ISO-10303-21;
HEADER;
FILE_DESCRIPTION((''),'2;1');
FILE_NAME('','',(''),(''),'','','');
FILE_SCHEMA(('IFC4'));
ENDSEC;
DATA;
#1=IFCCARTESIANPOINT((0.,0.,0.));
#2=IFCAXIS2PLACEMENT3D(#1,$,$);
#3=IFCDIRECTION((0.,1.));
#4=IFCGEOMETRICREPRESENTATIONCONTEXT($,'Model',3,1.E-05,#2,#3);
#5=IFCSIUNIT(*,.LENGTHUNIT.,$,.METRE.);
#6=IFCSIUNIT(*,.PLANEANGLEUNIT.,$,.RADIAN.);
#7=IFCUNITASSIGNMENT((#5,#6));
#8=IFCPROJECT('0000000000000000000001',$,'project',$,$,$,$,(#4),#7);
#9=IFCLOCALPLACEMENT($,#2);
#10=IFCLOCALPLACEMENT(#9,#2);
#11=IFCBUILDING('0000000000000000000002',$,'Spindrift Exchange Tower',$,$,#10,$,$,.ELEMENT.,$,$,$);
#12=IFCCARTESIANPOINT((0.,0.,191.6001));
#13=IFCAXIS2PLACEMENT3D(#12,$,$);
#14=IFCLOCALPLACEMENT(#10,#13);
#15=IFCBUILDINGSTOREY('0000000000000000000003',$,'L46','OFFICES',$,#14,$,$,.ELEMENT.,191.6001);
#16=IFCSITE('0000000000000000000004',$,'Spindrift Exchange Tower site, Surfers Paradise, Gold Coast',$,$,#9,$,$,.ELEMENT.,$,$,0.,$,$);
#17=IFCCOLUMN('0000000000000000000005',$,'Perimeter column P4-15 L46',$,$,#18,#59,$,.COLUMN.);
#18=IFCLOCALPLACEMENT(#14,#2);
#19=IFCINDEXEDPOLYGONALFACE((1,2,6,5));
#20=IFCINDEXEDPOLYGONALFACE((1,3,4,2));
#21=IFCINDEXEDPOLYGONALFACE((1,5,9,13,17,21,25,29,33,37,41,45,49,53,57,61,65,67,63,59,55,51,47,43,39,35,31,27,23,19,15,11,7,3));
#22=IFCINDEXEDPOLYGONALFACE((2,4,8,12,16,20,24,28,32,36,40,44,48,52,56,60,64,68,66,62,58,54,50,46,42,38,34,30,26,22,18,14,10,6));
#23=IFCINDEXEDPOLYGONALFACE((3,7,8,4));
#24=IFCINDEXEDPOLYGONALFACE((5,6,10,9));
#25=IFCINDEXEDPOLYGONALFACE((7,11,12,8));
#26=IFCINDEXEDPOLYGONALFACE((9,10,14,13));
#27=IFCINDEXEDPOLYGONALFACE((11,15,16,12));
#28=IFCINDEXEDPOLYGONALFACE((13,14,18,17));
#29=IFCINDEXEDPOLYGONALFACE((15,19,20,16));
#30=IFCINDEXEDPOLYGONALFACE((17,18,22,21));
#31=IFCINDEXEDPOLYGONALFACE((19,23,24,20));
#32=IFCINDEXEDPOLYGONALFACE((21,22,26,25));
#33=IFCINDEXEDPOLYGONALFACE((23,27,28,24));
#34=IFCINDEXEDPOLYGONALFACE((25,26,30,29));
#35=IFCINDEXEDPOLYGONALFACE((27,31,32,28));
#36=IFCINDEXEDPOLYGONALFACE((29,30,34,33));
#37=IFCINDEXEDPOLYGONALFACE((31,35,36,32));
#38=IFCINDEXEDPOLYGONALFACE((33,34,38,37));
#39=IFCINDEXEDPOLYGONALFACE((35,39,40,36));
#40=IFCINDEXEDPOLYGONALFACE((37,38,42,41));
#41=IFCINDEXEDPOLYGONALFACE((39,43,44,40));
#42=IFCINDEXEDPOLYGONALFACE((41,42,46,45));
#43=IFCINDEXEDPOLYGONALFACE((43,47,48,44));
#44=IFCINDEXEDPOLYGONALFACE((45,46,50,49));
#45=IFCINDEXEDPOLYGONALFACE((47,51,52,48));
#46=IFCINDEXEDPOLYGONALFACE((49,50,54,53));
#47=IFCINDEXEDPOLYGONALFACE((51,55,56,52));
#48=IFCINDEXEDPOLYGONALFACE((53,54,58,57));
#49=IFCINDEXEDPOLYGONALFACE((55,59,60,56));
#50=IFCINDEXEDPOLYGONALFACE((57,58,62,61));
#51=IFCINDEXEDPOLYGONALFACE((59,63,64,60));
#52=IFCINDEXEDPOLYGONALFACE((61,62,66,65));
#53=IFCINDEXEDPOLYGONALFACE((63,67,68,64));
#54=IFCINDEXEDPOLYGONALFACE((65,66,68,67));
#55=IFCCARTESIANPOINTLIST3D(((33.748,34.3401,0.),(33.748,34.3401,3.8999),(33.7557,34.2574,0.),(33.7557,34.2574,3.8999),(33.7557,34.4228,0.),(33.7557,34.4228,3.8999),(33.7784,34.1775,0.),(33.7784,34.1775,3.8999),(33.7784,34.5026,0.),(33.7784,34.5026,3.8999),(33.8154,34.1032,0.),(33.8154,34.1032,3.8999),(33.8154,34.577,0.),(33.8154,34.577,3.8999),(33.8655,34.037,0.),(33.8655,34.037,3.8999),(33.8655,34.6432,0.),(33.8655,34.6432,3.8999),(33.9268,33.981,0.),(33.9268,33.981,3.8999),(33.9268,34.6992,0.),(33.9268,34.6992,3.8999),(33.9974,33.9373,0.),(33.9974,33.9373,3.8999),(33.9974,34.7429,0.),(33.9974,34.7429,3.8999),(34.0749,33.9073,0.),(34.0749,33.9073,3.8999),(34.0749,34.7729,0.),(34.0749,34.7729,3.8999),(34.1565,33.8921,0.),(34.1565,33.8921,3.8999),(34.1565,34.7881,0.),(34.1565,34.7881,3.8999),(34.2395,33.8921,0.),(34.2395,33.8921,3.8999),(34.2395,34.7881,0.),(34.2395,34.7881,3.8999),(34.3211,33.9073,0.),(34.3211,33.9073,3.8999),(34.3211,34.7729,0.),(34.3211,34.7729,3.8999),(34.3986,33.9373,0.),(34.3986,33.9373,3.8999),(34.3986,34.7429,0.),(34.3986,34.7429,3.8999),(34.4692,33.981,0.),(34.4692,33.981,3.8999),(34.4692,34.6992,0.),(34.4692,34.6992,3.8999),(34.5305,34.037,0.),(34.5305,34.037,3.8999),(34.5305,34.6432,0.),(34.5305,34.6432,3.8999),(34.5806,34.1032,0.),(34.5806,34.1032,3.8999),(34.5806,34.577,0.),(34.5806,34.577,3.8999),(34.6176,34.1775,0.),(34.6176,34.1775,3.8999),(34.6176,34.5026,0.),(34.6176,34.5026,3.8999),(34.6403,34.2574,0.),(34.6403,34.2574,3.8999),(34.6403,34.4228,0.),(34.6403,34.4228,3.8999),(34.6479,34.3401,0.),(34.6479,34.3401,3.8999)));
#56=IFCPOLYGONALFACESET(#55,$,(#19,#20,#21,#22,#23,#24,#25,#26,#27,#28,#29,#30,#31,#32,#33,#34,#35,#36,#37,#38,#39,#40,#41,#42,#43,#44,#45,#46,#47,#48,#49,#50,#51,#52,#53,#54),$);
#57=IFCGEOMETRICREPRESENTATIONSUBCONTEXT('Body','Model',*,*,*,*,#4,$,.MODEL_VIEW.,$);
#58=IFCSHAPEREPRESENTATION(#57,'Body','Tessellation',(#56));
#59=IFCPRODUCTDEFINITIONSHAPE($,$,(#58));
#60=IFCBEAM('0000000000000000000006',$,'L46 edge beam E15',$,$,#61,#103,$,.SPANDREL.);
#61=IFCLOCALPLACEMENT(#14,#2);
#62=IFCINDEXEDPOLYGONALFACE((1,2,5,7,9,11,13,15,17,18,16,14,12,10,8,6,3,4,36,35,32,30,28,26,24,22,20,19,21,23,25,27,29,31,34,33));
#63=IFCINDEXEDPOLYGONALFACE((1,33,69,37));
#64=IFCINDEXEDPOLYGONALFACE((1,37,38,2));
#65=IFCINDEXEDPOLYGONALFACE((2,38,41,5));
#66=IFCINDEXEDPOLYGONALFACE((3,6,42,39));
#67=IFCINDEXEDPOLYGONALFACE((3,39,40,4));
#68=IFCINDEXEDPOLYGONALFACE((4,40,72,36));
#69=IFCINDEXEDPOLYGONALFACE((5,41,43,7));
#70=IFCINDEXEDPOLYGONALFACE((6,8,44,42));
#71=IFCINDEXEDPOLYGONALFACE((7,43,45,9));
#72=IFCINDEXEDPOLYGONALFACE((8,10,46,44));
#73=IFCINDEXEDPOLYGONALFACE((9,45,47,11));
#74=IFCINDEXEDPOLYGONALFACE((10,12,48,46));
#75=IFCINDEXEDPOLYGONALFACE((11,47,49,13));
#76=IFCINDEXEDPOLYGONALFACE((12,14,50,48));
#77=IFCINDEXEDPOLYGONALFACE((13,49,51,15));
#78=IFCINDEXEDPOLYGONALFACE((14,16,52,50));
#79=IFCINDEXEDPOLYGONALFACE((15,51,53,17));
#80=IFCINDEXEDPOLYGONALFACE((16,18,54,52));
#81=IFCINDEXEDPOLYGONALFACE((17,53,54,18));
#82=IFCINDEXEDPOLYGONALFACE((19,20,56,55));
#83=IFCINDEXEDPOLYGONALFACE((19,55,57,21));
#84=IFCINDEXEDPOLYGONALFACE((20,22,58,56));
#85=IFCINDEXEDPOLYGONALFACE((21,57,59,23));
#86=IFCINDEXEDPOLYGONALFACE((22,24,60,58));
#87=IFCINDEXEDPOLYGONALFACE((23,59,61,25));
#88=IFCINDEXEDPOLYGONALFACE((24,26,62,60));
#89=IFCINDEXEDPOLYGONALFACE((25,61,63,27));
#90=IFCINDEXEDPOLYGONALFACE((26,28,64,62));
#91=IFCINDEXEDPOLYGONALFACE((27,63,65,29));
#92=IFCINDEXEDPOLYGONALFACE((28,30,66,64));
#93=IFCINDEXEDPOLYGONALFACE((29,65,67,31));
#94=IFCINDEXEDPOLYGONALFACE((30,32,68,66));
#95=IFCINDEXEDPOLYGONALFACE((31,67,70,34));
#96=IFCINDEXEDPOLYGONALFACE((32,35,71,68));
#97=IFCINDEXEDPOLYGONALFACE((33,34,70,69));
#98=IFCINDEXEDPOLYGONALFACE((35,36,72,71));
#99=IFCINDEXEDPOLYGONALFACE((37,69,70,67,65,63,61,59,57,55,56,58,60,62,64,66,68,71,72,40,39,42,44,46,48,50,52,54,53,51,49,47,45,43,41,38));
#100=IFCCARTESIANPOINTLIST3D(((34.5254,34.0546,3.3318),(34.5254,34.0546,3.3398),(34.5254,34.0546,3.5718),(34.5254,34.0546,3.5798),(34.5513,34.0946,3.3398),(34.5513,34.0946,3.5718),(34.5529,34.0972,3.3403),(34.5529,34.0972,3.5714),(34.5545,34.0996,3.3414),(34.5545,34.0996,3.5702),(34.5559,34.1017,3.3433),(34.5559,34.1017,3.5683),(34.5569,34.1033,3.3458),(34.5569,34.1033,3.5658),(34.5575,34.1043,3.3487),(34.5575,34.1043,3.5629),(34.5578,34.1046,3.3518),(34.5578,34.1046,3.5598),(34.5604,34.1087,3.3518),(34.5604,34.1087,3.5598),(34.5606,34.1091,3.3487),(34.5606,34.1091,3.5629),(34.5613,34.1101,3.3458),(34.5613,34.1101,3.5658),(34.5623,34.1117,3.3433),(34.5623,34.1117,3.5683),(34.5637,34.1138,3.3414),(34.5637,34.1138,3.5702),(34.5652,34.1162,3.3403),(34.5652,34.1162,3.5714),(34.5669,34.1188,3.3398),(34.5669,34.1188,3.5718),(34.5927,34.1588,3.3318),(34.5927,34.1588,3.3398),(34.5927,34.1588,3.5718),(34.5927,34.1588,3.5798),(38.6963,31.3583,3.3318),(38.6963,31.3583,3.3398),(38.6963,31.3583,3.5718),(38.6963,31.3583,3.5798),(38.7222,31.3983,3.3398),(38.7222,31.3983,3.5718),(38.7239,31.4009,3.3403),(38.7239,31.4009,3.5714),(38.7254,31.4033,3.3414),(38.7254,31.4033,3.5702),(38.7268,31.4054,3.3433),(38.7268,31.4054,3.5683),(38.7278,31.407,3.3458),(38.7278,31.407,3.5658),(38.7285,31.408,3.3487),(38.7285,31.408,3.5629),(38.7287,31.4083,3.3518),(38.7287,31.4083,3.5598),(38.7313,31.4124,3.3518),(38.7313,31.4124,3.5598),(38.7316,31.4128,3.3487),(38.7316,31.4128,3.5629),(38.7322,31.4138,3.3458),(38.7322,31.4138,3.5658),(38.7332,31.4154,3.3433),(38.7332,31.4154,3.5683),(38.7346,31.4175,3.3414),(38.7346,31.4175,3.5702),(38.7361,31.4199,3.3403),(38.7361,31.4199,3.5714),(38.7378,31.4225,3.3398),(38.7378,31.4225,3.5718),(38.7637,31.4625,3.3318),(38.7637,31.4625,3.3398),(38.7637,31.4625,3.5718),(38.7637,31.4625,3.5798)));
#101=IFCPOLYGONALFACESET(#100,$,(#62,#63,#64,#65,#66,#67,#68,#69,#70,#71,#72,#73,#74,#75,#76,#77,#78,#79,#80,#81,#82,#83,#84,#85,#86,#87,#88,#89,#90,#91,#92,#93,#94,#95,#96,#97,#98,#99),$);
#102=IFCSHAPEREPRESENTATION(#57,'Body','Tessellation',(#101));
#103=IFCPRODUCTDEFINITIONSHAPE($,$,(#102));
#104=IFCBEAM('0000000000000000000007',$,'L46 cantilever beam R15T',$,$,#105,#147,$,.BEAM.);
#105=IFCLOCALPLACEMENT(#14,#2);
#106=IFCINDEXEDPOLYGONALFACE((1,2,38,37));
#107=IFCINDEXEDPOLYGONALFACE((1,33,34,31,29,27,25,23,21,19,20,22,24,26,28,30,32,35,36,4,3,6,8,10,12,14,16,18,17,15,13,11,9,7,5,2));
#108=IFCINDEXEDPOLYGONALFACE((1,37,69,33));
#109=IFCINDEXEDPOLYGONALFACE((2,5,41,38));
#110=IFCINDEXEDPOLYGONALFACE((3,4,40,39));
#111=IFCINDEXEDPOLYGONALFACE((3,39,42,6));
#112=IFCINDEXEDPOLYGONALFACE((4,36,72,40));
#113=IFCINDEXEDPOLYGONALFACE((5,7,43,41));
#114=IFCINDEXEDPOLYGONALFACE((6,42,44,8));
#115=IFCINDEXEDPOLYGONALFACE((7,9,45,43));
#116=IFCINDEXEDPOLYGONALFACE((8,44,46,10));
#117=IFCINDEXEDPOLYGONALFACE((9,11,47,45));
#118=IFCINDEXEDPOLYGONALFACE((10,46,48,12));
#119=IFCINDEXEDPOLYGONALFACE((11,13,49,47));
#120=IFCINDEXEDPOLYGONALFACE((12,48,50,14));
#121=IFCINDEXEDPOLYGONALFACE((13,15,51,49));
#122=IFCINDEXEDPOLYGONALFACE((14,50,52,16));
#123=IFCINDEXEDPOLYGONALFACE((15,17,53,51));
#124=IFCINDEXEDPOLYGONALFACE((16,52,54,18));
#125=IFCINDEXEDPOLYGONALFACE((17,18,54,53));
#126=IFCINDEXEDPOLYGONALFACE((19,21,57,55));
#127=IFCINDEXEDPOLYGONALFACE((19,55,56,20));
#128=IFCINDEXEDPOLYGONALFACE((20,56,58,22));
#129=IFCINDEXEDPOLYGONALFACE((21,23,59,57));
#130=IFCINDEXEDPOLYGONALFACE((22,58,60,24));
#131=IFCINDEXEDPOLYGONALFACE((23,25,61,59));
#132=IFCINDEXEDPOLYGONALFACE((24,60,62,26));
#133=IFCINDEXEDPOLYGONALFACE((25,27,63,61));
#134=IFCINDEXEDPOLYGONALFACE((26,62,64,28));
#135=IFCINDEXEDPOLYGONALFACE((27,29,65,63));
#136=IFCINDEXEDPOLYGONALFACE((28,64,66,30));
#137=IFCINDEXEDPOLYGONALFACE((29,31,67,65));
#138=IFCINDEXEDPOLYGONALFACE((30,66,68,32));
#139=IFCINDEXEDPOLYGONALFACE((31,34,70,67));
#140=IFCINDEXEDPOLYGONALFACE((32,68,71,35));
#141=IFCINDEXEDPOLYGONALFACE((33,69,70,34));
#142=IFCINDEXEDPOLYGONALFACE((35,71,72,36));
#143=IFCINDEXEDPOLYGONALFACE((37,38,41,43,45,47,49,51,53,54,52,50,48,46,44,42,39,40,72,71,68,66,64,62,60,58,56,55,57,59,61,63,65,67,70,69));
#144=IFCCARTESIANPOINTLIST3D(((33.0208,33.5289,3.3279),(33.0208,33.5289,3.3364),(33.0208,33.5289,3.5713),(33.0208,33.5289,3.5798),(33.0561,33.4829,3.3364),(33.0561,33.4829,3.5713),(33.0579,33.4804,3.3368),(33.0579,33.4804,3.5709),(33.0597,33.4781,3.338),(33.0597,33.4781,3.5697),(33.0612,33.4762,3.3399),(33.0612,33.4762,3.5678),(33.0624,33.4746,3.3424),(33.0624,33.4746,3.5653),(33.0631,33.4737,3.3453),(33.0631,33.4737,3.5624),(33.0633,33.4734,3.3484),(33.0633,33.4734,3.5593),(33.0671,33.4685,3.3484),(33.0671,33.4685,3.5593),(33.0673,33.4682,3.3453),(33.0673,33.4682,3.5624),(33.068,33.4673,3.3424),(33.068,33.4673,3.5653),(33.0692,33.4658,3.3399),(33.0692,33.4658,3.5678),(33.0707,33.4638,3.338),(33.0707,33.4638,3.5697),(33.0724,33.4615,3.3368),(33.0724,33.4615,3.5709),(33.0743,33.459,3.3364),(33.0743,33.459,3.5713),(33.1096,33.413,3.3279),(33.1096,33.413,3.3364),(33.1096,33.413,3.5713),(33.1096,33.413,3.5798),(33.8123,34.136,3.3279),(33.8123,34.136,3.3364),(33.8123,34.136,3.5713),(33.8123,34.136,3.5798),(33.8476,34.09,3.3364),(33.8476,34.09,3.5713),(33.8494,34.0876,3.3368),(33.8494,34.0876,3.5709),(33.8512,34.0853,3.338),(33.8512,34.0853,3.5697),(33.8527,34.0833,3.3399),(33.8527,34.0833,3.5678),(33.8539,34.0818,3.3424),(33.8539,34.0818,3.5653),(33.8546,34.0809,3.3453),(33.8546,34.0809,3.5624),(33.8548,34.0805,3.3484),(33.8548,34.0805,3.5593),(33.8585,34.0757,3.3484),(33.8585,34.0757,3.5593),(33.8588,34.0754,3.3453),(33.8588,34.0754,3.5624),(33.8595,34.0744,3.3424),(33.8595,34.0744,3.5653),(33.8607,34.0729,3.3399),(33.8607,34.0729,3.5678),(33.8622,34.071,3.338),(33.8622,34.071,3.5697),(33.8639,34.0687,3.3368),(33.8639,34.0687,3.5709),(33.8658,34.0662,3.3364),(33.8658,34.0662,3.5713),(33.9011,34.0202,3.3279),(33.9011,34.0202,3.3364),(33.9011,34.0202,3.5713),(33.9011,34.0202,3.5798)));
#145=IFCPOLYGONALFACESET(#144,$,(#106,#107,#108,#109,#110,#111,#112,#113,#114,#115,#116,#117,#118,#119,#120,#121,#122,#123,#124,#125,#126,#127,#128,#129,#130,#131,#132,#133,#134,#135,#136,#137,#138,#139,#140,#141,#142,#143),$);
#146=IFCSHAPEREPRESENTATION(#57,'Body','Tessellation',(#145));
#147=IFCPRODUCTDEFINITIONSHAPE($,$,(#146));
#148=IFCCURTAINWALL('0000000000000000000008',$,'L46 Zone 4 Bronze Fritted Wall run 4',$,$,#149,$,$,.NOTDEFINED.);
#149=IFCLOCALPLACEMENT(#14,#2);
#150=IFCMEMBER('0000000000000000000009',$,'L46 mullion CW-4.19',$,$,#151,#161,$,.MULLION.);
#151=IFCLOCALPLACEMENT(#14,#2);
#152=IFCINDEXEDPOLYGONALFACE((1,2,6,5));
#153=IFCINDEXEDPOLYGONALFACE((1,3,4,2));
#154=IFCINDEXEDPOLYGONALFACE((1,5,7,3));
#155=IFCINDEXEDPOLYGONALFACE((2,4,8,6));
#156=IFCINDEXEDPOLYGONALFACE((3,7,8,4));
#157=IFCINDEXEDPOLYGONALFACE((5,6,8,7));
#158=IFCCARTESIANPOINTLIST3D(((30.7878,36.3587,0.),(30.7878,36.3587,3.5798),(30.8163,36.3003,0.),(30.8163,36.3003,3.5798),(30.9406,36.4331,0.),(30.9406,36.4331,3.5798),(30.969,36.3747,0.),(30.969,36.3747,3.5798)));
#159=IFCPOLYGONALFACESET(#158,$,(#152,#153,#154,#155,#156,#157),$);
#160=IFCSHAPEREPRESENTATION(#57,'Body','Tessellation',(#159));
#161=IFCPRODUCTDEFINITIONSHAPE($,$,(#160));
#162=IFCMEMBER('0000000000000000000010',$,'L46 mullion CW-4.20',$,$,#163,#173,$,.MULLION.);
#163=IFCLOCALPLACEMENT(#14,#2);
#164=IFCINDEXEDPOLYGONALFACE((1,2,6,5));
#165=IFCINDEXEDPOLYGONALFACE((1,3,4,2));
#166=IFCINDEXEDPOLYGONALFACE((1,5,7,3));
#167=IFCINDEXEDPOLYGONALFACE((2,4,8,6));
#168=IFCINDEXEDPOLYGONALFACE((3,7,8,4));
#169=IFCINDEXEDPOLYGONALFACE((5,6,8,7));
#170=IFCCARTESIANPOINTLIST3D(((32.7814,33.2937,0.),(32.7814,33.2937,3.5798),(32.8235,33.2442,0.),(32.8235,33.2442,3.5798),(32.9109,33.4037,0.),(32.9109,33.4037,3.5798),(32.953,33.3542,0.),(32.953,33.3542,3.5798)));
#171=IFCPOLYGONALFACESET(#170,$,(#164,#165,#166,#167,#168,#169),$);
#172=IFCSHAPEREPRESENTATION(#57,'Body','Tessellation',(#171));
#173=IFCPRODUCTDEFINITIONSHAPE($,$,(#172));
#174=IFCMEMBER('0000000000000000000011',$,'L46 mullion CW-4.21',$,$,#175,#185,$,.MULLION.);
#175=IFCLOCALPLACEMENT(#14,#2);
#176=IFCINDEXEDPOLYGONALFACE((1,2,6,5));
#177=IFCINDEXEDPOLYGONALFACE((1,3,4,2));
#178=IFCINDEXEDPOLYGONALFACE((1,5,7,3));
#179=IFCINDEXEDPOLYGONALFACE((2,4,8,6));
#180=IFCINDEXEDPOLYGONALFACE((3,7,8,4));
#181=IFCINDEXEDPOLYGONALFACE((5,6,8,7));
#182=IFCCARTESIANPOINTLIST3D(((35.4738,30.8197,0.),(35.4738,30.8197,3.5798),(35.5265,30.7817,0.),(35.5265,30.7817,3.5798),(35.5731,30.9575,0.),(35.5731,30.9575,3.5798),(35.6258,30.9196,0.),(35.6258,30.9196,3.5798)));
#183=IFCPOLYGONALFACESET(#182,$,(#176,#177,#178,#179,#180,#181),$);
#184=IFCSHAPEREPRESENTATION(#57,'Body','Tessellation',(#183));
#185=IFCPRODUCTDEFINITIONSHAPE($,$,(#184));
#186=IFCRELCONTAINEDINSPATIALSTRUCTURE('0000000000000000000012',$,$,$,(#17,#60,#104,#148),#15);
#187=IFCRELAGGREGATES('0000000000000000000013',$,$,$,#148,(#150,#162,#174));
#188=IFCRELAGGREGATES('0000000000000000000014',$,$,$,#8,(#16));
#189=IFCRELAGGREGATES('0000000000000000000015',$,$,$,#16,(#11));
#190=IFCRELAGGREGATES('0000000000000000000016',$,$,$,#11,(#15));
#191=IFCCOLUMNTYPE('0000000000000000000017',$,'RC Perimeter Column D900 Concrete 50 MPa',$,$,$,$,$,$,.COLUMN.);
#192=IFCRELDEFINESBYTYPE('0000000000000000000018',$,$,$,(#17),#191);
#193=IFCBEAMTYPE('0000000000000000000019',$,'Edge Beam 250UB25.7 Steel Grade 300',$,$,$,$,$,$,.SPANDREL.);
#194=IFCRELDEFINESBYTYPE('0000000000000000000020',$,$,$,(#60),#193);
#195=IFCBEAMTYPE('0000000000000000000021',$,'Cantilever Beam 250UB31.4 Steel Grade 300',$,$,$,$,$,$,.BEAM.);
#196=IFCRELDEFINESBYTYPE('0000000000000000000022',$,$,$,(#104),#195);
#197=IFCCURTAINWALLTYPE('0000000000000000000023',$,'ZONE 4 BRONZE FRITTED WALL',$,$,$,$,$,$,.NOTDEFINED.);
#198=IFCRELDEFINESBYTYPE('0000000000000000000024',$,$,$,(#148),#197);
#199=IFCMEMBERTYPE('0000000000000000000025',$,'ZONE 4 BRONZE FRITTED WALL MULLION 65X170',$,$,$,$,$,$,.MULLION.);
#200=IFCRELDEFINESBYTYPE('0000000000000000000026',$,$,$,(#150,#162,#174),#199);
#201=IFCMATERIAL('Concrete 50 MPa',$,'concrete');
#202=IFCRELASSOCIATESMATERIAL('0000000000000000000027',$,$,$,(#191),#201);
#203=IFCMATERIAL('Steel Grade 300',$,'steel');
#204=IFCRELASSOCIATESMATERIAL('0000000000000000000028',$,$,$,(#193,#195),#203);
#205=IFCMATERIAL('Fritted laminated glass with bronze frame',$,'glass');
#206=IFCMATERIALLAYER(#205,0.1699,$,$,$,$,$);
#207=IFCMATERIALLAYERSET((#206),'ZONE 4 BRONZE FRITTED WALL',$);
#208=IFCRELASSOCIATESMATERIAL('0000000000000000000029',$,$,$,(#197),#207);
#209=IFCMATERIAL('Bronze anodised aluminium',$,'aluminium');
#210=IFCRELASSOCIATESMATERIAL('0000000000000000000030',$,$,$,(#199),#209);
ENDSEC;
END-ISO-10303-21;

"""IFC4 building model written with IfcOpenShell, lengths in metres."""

from ifc_helpers import new_model, si_unit, direction, frame, origin, origin_2d, place, context, subcontext, project, spatial, rectangle, circle, i_section, extrude, source, transform, mapped, material, layer, layer_set, material_profile, profile_set, type_object, element, aggregate, save


model = new_model("IFC4")

# Units and contexts
model_context = context("Model", 3, precision=1e-05, world=origin(), true_north=direction((0.0, 1.0)))
body_context = subcontext(model_context, "Body", "Model", "MODEL_VIEW")
ifc_project = project(units=[si_unit("LENGTHUNIT", "METRE"), si_unit("PLANEANGLEUNIT", "RADIAN")], contexts=[model_context])

# Site, building, storey
site_placement = place(None, origin())
site = spatial("IfcSite", under=ifc_project, at=site_placement, Name="Spindrift Exchange Tower site, Surfers Paradise, Gold Coast", CompositionType="ELEMENT", RefElevation=0.0)
building_placement = place(site_placement, origin())
building = spatial("IfcBuilding", under=site, at=building_placement, Name="Spindrift Exchange Tower", CompositionType="ELEMENT")
storey_placement = place(building_placement, frame((0.0, 0.0, 191.6001)))
storey = spatial("IfcBuildingStorey", under=building, at=storey_placement, Name="L46", Description="OFFICES", CompositionType="ELEMENT", Elevation=191.6001)

# Column
ifc_material_1 = material(Name="Concrete 50 MPa", Category="concrete")
ifc_material_profile_1 = material_profile(ifc_material_1, circle(Radius=0.45, at=origin_2d()), Name="RC D900")
ifc_profile_set_1 = profile_set([ifc_material_profile_1], Name="Concrete 50 MPa")
column_type = type_object("IfcColumnType", Name="RC Perimeter Column D900 Concrete 50 MPa", PredefinedType="COLUMN", material=ifc_profile_set_1)
shared_shape_1 = source(origin(), body_context, "Body", "SweptSolid", [
    extrude(circle(Radius=0.45, at=origin_2d()), origin(), (0.0, 0.0, 1.0), 3.8999),
])
column_placement = place(storey_placement, frame((34.198, 34.3401, 0.0), z_axis=(0.0, 0.0, 1.0), x_axis=(1.0, 0.0, 0.0)))
element("IfcColumn", 1, at=column_placement, inside=storey, type_object=column_type, Name="Perimeter column P4-15 L46", PredefinedType="COLUMN", context=body_context, shape_type="MappedRepresentation", body=[
    mapped(shared_shape_1, transform((0.0, 0.0, 0.0), scale=1.0)),
])

# Beams
ifc_material_2 = material(Name="Steel Grade 300", Category="steel")
ifc_material_profile_2 = material_profile(ifc_material_2, i_section(OverallWidth=0.124, OverallDepth=0.248, WebThickness=0.0049, FlangeThickness=0.0081, FilletRadius=0.012, at=origin_2d()), Name="250UB25.7")
ifc_profile_set_2 = profile_set([ifc_material_profile_2], Name="Steel Grade 300")
beam_type_1 = type_object("IfcBeamType", Name="Edge Beam 250UB25.7 Steel Grade 300", PredefinedType="SPANDREL", material=ifc_profile_set_2)
shared_shape_2 = source(origin(), body_context, "Body", "SweptSolid", [
    extrude(i_section(OverallWidth=0.124, OverallDepth=0.248, WebThickness=0.0049, FlangeThickness=0.0081, FilletRadius=0.012, at=origin_2d()), origin(), (0.0, 0.0, 1.0), 4.9666),
])
beam_1_placement = place(storey_placement, frame((34.5591, 34.1067, 3.4558), z_axis=(0.839802, -0.542893, 0.0), x_axis=(0.542893, 0.839802, 0.0)))
element("IfcBeam", 2, at=beam_1_placement, inside=storey, type_object=beam_type_1, Name="L46 edge beam E15", PredefinedType="SPANDREL", context=body_context, shape_type="MappedRepresentation", body=[
    mapped(shared_shape_2, transform((0.0, 0.0, 0.0), scale=1.0)),
])
ifc_material_profile_3 = material_profile(ifc_material_2, i_section(OverallWidth=0.146, OverallDepth=0.252, WebThickness=0.0061, FlangeThickness=0.0085, FilletRadius=0.012, at=origin_2d()), Name="250UB31.4")
ifc_profile_set_3 = profile_set([ifc_material_profile_3], Name="Steel Grade 300")
beam_type_2 = type_object("IfcBeamType", Name="Cantilever Beam 250UB31.4 Steel Grade 300", PredefinedType="BEAM", material=ifc_profile_set_3)
shared_shape_3 = source(origin(), body_context, "Body", "SweptSolid", [
    extrude(i_section(OverallWidth=0.146, OverallDepth=0.252, WebThickness=0.0061, FlangeThickness=0.0085, FilletRadius=0.012, at=origin_2d()), origin(), (0.0, 0.0, 1.0), 0.9976),
])
beam_2_placement = place(storey_placement, frame((33.8567, 34.0781, 3.4539), z_axis=(-0.793433, -0.608658, 0.0), x_axis=(0.608658, -0.793433, 0.0)))
element("IfcBeam", 3, at=beam_2_placement, inside=storey, type_object=beam_type_2, Name="L46 cantilever beam R15T", PredefinedType="BEAM", context=body_context, shape_type="MappedRepresentation", body=[
    mapped(shared_shape_3, transform((0.0, 0.0, 0.0), scale=1.0)),
])

# Curtain wall, members
ifc_material_3 = material(Name="Fritted laminated glass with bronze frame", Category="glass")
ifc_layer_1 = layer(ifc_material_3, 0.1699)
ifc_layer_set_1 = layer_set([ifc_layer_1], Name="ZONE 4 BRONZE FRITTED WALL")
curtain_wall_type = type_object("IfcCurtainWallType", Name="ZONE 4 BRONZE FRITTED WALL", PredefinedType="NOTDEFINED", material=ifc_layer_set_1)
curtain_wall_placement = place(storey_placement, origin())
curtain_wall = element("IfcCurtainWall", 4, at=curtain_wall_placement, inside=storey, type_object=curtain_wall_type, Name="L46 Zone 4 Bronze Fritted Wall run 4", PredefinedType="NOTDEFINED")
ifc_material_4 = material(Name="Bronze anodised aluminium", Category="aluminium")
ifc_material_profile_4 = material_profile(ifc_material_4, rectangle(XDim=0.0649, YDim=0.1699, at=origin_2d()), Name="ZONE 4 BRONZE FRITTED WALL MULLION 65X170")
ifc_profile_set_4 = profile_set([ifc_material_profile_4], Name="Bronze anodised aluminium")
member_type_1 = type_object("IfcMemberType", Name="ZONE 4 BRONZE FRITTED WALL MULLION 65X170", PredefinedType="MULLION", material=ifc_profile_set_4)
shared_shape_4 = source(origin(), body_context, "Body", "SweptSolid", [
    extrude(rectangle(XDim=0.0649, YDim=0.1699, at=origin_2d()), origin(), (0.0, 0.0, 1.0), 3.5798),
])
member_1_placement = place(storey_placement, frame((30.8784, 36.3667, 0.0), z_axis=(0.0, 0.0, 1.0), x_axis=(0.438051, -0.89895, 0.0)))
member_1 = element("IfcMember", 5, at=member_1_placement, type_object=member_type_1, Name="L46 mullion CW-4.19", PredefinedType="MULLION", context=body_context, shape_type="MappedRepresentation", body=[
    mapped(shared_shape_4, transform((0.0, 0.0, 0.0), scale=1.0)),
])
member_2_placement = place(storey_placement, frame((32.8672, 33.324, 0.0), z_axis=(0.0, 0.0, 1.0), x_axis=(0.647547, -0.762026, 0.0)))
member_2 = element("IfcMember", 6, at=member_2_placement, type_object=member_type_1, Name="L46 mullion CW-4.20", PredefinedType="MULLION", context=body_context, shape_type="MappedRepresentation", body=[
    mapped(shared_shape_4, transform((0.0, 0.0, 0.0), scale=1.0)),
])
member_3_placement = place(storey_placement, frame((35.5498, 30.8696, 0.0), z_axis=(0.0, 0.0, 1.0), x_axis=(0.81152, -0.584324, 0.0)))
member_3 = element("IfcMember", 7, at=member_3_placement, type_object=member_type_1, Name="L46 mullion CW-4.21", PredefinedType="MULLION", context=body_context, shape_type="MappedRepresentation", body=[
    mapped(shared_shape_4, transform((0.0, 0.0, 0.0), scale=1.0)),
])

aggregate(curtain_wall, [member_1, member_2, member_3])

save(model, "model.ifc")
